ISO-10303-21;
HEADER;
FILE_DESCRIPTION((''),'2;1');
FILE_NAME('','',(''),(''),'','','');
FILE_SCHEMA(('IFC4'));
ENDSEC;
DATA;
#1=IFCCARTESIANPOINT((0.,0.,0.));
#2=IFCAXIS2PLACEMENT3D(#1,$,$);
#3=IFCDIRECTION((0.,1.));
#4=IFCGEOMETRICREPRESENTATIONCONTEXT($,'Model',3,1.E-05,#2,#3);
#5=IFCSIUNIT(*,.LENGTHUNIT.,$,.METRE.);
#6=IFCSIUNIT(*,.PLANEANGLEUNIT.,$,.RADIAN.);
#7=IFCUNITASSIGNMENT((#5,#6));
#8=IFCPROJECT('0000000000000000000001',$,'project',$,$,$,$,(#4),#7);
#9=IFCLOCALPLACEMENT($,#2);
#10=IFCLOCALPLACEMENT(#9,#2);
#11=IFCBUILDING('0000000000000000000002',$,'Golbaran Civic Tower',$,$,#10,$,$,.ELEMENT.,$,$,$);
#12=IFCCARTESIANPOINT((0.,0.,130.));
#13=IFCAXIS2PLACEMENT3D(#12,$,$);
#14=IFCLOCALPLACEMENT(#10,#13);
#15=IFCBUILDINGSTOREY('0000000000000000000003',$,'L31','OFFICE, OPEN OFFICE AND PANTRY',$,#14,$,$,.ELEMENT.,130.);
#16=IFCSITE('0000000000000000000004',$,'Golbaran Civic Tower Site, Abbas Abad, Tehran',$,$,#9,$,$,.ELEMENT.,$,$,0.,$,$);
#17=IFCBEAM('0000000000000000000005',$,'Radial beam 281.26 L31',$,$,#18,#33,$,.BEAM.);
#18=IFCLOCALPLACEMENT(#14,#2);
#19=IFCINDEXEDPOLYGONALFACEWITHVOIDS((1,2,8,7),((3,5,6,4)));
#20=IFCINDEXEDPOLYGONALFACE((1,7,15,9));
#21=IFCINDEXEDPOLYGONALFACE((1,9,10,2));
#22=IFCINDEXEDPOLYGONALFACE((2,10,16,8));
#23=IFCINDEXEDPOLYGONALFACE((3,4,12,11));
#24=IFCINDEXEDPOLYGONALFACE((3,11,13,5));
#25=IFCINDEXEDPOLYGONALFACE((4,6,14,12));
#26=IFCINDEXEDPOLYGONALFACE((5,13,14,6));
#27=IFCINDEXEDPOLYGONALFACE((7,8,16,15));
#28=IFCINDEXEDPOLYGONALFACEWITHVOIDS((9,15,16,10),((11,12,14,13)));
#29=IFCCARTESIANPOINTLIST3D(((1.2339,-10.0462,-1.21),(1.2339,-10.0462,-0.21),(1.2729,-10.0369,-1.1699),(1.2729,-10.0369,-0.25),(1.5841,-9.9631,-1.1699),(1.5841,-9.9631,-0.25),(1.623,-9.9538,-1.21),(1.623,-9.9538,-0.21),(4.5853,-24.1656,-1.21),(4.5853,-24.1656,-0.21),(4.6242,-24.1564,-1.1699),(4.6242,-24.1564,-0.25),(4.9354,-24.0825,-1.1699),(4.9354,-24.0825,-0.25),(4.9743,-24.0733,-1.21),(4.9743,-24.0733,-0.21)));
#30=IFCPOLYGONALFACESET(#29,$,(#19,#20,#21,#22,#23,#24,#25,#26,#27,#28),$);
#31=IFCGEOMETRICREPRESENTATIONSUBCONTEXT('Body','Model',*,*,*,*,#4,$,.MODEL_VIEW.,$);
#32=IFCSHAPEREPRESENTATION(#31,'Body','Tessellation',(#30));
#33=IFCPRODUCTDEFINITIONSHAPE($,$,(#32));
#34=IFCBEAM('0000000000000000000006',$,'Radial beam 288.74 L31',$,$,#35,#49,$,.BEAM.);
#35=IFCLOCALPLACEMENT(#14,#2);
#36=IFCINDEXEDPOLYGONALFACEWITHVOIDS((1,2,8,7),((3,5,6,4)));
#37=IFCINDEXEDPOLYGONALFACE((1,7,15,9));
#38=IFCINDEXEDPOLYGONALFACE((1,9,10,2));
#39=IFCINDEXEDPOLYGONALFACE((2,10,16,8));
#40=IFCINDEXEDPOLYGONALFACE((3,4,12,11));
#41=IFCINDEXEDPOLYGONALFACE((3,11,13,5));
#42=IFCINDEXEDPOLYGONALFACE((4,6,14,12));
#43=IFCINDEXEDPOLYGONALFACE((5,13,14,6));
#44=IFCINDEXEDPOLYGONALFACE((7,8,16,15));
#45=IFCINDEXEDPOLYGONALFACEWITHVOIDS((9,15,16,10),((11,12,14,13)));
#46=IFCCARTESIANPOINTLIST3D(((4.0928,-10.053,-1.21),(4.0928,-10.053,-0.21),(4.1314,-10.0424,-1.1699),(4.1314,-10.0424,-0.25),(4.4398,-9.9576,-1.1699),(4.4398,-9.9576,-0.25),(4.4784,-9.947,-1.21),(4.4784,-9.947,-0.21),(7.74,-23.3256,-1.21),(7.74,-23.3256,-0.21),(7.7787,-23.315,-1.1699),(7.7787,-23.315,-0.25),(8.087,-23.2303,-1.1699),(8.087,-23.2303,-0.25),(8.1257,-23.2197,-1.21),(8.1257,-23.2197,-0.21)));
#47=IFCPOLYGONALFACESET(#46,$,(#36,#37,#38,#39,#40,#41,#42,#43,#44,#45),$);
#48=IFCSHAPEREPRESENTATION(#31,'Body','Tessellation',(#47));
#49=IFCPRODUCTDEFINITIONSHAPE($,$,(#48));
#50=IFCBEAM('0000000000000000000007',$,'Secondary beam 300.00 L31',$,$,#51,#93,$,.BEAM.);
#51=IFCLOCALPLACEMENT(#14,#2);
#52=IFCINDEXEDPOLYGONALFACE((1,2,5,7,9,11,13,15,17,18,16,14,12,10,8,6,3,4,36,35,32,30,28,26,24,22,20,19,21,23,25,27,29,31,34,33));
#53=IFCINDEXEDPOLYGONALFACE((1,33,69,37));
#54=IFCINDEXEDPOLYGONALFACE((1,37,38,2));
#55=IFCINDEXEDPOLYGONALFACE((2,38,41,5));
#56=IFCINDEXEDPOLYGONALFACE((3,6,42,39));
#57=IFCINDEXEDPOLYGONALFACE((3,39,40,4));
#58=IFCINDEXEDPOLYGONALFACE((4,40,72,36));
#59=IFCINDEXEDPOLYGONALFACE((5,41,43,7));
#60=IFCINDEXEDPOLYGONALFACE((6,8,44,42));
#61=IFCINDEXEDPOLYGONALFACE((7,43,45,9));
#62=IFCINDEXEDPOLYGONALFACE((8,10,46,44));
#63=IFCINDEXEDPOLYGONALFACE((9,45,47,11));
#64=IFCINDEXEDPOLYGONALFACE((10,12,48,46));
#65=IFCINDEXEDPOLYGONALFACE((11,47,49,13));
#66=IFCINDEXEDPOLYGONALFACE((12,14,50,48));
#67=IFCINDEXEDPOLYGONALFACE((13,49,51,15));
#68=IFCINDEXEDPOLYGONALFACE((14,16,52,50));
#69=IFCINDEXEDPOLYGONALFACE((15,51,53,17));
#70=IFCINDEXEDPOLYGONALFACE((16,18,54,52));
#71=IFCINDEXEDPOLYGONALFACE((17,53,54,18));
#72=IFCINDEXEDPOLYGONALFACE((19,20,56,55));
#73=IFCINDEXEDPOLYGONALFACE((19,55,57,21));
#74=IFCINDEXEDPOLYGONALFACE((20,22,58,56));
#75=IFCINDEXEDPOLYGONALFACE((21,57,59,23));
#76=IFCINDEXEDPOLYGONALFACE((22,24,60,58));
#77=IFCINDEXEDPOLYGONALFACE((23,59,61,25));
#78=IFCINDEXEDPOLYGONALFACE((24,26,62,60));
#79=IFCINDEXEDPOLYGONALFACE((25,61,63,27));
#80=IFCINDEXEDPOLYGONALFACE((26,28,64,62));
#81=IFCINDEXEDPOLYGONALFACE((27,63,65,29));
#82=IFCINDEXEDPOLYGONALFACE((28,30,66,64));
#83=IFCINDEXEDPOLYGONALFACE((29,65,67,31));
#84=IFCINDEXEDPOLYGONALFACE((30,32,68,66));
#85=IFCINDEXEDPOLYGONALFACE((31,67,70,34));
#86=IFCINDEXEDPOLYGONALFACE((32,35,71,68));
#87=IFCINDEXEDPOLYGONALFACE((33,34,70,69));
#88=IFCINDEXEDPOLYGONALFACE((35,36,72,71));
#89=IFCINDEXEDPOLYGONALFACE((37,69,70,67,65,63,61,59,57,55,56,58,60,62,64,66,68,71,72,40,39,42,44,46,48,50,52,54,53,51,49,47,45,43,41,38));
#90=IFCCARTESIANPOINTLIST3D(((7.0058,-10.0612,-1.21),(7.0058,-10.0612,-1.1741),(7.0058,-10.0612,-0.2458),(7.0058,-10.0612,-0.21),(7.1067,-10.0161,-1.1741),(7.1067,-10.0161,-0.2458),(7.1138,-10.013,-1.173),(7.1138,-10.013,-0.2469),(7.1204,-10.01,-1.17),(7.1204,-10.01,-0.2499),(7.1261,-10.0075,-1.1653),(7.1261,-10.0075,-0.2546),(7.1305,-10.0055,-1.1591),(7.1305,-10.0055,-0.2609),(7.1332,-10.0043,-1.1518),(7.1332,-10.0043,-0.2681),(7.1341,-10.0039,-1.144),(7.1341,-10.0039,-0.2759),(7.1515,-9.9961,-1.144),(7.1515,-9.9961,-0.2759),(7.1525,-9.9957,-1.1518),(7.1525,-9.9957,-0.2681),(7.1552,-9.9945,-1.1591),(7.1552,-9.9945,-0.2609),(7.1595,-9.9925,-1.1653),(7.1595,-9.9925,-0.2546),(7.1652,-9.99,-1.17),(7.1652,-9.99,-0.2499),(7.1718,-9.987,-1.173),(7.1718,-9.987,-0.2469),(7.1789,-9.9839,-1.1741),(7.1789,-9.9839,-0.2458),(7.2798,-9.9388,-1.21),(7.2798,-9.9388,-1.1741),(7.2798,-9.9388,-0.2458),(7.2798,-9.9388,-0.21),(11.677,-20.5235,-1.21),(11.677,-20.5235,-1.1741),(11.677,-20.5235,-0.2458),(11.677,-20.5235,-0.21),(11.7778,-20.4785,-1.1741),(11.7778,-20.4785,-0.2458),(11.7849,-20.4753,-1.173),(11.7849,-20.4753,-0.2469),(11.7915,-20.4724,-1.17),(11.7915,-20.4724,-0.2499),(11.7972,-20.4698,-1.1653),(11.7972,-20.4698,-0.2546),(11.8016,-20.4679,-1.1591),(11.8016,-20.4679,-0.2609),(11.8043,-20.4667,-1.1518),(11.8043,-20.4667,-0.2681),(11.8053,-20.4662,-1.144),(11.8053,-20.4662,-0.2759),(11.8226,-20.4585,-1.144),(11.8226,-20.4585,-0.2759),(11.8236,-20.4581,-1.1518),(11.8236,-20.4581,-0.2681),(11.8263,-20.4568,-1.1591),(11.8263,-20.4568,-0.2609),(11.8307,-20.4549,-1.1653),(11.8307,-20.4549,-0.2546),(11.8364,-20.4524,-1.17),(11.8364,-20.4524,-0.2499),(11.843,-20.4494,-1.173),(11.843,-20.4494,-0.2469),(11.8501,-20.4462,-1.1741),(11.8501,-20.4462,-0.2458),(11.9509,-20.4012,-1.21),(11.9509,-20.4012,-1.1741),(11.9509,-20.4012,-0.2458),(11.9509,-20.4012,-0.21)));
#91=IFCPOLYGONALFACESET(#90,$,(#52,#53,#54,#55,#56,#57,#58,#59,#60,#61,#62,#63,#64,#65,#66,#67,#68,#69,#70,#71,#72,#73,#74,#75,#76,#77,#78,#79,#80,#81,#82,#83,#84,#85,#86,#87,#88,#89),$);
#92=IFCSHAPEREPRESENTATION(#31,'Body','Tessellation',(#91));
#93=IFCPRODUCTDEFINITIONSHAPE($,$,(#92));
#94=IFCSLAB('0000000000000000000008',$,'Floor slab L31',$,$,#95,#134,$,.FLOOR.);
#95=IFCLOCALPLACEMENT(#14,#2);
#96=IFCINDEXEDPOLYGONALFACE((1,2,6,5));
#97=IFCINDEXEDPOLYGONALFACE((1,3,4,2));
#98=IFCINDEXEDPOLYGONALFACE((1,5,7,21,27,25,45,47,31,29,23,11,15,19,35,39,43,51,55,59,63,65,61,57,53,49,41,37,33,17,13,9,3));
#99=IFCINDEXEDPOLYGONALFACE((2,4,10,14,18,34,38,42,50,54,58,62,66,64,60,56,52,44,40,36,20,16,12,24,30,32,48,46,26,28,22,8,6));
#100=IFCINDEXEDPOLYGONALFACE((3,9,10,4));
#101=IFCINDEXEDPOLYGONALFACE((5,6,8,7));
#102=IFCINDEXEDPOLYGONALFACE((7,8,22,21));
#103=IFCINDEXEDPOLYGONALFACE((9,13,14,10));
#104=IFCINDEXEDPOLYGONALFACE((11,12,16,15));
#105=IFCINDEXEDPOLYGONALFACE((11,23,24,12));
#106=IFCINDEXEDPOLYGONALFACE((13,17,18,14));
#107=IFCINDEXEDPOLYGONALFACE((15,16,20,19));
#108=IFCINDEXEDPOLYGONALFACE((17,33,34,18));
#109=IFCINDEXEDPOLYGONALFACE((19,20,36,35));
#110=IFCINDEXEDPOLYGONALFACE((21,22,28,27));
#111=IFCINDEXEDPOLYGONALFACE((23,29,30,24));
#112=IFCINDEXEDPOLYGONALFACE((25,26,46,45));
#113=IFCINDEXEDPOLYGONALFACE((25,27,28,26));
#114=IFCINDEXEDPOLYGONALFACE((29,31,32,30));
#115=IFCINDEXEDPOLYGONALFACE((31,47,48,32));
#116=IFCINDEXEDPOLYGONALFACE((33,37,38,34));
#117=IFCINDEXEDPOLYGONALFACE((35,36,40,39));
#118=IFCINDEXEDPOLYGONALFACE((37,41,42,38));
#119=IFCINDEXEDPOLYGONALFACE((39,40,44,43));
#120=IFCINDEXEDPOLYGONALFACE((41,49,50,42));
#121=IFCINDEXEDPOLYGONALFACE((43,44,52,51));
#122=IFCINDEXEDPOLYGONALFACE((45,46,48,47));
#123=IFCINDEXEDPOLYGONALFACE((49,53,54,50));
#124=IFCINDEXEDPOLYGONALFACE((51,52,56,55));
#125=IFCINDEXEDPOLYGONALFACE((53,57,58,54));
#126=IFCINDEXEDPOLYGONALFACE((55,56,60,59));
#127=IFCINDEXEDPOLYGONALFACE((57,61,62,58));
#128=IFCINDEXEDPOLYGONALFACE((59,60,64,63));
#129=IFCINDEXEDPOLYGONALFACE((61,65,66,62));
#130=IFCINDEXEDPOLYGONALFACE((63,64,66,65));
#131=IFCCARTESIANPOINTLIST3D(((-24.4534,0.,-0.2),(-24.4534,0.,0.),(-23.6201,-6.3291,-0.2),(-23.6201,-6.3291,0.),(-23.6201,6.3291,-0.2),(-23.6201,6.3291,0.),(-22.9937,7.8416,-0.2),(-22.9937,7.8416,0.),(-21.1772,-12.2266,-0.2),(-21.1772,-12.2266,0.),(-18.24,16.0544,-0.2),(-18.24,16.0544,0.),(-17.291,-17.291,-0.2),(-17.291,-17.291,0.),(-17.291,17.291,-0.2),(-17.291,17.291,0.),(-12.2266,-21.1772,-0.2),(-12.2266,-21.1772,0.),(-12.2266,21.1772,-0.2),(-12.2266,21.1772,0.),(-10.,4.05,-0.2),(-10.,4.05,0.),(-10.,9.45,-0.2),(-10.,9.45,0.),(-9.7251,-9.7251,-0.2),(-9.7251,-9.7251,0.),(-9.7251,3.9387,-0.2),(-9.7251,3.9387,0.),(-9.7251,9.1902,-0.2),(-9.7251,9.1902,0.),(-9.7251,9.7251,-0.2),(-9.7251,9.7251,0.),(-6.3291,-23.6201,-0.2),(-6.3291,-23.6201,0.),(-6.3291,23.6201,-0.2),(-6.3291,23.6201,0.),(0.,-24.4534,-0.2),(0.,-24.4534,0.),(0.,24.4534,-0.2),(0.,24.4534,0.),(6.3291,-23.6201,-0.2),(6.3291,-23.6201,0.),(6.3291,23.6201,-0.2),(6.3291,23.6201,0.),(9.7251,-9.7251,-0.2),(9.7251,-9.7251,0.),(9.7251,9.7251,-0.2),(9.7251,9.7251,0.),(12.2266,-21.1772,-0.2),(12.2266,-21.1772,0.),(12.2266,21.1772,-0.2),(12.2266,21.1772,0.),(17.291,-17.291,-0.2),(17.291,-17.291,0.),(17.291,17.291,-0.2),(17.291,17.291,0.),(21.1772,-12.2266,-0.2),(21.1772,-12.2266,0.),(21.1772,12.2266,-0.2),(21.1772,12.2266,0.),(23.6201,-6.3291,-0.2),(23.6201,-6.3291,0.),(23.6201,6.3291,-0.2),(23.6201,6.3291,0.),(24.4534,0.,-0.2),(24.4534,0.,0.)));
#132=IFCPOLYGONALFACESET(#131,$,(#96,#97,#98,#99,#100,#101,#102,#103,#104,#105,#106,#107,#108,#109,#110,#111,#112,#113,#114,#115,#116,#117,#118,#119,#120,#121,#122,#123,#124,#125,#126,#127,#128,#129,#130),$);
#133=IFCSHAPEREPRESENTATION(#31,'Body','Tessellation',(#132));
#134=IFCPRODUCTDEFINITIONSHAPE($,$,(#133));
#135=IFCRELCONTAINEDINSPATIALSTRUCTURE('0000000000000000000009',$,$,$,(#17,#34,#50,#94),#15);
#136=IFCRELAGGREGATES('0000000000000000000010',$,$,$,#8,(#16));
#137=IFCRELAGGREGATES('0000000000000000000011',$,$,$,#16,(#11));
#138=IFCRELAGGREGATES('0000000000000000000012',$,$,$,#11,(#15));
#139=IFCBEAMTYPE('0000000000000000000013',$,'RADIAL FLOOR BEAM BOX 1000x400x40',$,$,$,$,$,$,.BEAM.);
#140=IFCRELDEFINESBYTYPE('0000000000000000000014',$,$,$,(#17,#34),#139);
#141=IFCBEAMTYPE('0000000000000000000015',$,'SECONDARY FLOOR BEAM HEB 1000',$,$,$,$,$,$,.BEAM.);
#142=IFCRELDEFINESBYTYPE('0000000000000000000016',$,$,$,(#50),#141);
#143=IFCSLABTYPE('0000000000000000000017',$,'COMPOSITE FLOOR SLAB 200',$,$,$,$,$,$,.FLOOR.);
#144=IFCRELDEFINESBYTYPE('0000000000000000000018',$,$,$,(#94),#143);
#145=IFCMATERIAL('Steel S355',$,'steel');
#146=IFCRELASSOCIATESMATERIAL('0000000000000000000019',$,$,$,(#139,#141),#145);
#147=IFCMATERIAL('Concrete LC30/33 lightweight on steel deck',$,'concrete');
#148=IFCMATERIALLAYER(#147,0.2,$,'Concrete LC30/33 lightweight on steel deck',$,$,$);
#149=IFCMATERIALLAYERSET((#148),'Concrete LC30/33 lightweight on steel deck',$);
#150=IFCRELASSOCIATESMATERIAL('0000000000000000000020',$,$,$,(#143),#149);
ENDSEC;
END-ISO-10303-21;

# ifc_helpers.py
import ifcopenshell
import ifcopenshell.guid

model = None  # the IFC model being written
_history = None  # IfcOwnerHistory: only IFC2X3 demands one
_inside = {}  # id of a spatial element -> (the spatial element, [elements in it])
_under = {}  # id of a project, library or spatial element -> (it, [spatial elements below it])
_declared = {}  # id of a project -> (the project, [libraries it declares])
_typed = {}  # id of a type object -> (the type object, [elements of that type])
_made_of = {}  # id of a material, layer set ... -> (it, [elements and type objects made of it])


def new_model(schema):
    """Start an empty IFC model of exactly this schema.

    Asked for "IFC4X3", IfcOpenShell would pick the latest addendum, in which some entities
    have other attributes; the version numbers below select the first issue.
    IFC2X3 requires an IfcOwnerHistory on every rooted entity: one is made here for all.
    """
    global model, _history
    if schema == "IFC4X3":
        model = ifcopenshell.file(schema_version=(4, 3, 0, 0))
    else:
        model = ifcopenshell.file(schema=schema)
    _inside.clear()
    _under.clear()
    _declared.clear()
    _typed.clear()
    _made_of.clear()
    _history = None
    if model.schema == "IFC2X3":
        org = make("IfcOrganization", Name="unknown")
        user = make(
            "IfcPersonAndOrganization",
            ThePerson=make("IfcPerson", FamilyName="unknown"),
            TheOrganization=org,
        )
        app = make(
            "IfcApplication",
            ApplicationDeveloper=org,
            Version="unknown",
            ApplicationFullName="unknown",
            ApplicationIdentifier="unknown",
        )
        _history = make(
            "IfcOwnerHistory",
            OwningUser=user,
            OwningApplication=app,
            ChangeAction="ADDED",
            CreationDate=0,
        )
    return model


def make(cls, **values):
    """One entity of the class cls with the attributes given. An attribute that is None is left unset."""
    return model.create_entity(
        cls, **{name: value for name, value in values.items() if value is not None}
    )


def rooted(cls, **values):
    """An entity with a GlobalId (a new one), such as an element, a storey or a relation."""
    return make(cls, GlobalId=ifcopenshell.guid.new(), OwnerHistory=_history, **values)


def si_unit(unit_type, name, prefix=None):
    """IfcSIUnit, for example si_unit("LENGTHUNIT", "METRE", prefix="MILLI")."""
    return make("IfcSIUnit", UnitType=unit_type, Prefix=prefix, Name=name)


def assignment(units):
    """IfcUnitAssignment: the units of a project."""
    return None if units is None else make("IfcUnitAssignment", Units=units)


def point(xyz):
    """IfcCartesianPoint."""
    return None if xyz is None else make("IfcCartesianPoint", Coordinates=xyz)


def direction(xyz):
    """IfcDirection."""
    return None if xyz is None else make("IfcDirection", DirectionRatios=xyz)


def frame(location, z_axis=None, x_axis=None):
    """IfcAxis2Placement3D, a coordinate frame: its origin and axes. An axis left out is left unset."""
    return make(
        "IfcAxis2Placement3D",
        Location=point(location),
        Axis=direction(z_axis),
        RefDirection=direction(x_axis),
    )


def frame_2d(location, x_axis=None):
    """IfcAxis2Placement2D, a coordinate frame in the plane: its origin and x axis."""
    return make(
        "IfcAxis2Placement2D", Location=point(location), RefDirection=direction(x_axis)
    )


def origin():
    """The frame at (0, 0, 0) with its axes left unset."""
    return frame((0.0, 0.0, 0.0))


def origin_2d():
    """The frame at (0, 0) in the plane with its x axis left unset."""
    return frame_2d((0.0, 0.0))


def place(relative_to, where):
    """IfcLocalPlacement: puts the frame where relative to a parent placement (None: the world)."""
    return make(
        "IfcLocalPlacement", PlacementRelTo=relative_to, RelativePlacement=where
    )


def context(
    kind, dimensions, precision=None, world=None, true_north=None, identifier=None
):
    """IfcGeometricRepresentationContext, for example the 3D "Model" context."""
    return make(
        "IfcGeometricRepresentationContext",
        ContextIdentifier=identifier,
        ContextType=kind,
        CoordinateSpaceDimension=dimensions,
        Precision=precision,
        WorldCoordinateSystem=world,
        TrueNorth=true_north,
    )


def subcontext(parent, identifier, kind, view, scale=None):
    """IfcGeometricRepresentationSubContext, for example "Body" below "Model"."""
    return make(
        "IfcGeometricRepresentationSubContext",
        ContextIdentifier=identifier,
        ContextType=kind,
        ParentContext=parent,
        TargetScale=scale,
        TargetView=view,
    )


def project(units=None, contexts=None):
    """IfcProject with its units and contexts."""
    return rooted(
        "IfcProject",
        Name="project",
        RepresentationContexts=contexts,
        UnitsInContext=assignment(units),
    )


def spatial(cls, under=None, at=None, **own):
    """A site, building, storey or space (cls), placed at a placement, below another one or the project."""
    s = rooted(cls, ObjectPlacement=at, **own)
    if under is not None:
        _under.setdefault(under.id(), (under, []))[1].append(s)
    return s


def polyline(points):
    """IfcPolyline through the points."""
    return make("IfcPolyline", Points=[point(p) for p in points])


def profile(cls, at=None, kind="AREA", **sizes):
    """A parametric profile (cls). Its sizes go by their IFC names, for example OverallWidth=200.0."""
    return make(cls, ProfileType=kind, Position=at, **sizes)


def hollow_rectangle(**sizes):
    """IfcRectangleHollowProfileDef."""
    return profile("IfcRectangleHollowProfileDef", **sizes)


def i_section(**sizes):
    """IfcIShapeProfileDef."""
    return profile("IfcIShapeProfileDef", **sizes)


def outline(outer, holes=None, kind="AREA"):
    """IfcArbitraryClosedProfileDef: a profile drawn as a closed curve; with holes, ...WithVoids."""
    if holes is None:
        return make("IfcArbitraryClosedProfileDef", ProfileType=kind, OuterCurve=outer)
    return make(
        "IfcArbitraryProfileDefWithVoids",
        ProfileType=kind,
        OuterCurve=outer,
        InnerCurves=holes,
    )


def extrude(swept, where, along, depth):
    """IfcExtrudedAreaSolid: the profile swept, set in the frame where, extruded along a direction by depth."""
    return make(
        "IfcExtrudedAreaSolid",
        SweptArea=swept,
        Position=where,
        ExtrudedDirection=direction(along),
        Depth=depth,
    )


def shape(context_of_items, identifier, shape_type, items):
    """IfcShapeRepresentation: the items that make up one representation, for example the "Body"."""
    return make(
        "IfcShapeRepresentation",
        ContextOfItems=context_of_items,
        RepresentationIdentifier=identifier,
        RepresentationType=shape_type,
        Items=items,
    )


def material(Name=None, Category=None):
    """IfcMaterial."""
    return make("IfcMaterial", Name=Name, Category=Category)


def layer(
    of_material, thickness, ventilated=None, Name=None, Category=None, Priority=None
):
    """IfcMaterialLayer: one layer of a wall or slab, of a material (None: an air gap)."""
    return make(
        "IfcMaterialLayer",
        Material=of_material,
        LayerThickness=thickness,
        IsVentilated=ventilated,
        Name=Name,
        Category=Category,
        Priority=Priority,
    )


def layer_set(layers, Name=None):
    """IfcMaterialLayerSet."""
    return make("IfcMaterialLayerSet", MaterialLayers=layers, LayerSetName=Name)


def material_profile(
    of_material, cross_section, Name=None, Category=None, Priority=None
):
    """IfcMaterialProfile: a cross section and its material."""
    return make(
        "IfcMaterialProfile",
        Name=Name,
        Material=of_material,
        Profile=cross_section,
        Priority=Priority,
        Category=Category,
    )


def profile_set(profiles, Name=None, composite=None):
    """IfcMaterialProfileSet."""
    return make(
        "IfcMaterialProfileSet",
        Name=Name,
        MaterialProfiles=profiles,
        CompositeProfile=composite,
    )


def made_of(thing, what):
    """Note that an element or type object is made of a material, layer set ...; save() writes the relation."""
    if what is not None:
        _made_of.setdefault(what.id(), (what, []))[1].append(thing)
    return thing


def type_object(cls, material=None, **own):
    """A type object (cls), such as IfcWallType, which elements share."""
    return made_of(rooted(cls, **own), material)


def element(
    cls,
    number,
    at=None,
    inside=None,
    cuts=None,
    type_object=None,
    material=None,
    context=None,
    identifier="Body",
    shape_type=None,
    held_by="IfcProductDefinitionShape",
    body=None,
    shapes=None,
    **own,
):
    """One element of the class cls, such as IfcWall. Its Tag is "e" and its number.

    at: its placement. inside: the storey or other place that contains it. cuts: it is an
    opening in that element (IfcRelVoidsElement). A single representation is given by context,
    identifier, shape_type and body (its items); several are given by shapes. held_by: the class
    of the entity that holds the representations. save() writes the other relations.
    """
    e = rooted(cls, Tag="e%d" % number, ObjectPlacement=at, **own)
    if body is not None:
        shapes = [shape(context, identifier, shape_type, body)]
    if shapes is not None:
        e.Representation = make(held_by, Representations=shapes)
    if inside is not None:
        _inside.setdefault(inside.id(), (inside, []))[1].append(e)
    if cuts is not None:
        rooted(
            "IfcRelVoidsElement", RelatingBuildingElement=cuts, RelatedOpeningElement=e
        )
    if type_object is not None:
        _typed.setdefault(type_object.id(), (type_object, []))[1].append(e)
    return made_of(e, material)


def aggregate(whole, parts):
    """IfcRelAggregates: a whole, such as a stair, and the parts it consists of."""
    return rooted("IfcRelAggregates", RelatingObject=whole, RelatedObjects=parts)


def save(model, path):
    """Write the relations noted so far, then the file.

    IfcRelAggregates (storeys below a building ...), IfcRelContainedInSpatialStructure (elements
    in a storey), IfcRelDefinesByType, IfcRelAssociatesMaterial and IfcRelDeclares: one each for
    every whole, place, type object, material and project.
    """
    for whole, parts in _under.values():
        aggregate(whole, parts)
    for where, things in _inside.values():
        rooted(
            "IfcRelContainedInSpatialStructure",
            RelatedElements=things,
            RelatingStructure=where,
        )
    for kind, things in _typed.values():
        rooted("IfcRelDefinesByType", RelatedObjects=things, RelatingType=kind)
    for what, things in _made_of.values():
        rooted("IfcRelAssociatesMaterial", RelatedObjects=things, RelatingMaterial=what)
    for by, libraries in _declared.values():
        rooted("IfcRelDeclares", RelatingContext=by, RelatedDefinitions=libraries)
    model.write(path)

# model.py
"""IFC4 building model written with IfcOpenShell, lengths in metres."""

from ifc_helpers import new_model, si_unit, direction, frame, origin, origin_2d, place, context, subcontext, project, spatial, polyline, hollow_rectangle, i_section, outline, extrude, material, layer, layer_set, material_profile, profile_set, type_object, element, save


model = new_model("IFC4")

# Units and contexts
model_context = context("Model", 3, precision=1e-05, world=origin(), true_north=direction((0.0, 1.0)))
body_context = subcontext(model_context, "Body", "Model", "MODEL_VIEW")
ifc_project = project(units=[si_unit("LENGTHUNIT", "METRE"), si_unit("PLANEANGLEUNIT", "RADIAN")], contexts=[model_context])

# Site, building, storey
site_placement = place(None, origin())
site = spatial("IfcSite", under=ifc_project, at=site_placement, Name="Golbaran Civic Tower Site, Abbas Abad, Tehran", CompositionType="ELEMENT", RefElevation=0.0)
building_placement = place(site_placement, origin())
building = spatial("IfcBuilding", under=site, at=building_placement, Name="Golbaran Civic Tower", CompositionType="ELEMENT")
storey_placement = place(building_placement, frame((0.0, 0.0, 130.0)))
storey = spatial("IfcBuildingStorey", under=building, at=storey_placement, Name="L31", Description="OFFICE, OPEN OFFICE AND PANTRY", CompositionType="ELEMENT", Elevation=130.0)

# Beams
ifc_material_1 = material(Name="Steel S355", Category="steel")
ifc_material_profile_1 = material_profile(ifc_material_1, hollow_rectangle(XDim=0.3999, YDim=1.0, WallThickness=0.04, at=origin_2d()), Name="BOX 1000x400x40")
ifc_profile_set_1 = profile_set([ifc_material_profile_1], Name="Steel S355")
beam_type_1 = type_object("IfcBeamType", Name="RADIAL FLOOR BEAM BOX 1000x400x40", PredefinedType="BEAM", material=ifc_profile_set_1)
beam_1_placement = place(storey_placement, frame((1.4285, -10.0, -0.71), z_axis=(0.23094, -0.972968, 0.0), x_axis=(0.972968, 0.23094, 0.0)))
element("IfcBeam", 1, at=beam_1_placement, inside=storey, type_object=beam_type_1, Name="Radial beam 281.26 L31", PredefinedType="BEAM", context=body_context, shape_type="SweptSolid", body=[
    extrude(hollow_rectangle(XDim=0.3999, YDim=1.0, WallThickness=0.04, at=origin_2d()), origin(), (0.0, 0.0, 1.0), 14.5117),
])
beam_2_placement = place(storey_placement, frame((4.2856, -10.0, -0.71), z_axis=(0.264969, -0.964257, 0.0), x_axis=(0.964257, 0.264969, 0.0)))
element("IfcBeam", 2, at=beam_2_placement, inside=storey, type_object=beam_type_1, Name="Radial beam 288.74 L31", PredefinedType="BEAM", context=body_context, shape_type="SweptSolid", body=[
    extrude(hollow_rectangle(XDim=0.3999, YDim=1.0, WallThickness=0.04, at=origin_2d()), origin(), (0.0, 0.0, 1.0), 13.7646),
])
ifc_material_profile_2 = material_profile(ifc_material_1, i_section(OverallWidth=0.3, OverallDepth=1.0, WebThickness=0.019, FlangeThickness=0.0359, FilletRadius=0.03, at=origin_2d()), Name="HEB 1000")
ifc_profile_set_2 = profile_set([ifc_material_profile_2], Name="Steel S355")
beam_type_2 = type_object("IfcBeamType", Name="SECONDARY FLOOR BEAM HEB 1000", PredefinedType="BEAM", material=ifc_profile_set_2)
beam_3_placement = place(storey_placement, frame((7.1428, -10.0, -0.71), z_axis=(0.407682, -0.913124, 0.0), x_axis=(0.913124, 0.407682, 0.0)))
element("IfcBeam", 3, at=beam_3_placement, inside=storey, type_object=beam_type_2, Name="Secondary beam 300.00 L31", PredefinedType="BEAM", context=body_context, shape_type="SweptSolid", body=[
    extrude(i_section(OverallWidth=0.3, OverallDepth=1.0, WebThickness=0.019, FlangeThickness=0.0359, FilletRadius=0.03, at=origin_2d()), origin(), (0.0, 0.0, 1.0), 11.4578),
])

# Slab
ifc_material_2 = material(Name="Concrete LC30/33 lightweight on steel deck", Category="concrete")
ifc_layer_1 = layer(ifc_material_2, 0.2, Name="Concrete LC30/33 lightweight on steel deck")
ifc_layer_set_1 = layer_set([ifc_layer_1], Name="Concrete LC30/33 lightweight on steel deck")
slab_type_1 = type_object("IfcSlabType", Name="COMPOSITE FLOOR SLAB 200", PredefinedType="FLOOR", material=ifc_layer_set_1)
slab_1_placement = place(storey_placement, frame((0.0, 0.0, -0.2)))
element("IfcSlab", 4, at=slab_1_placement, inside=storey, type_object=slab_type_1, Name="Floor slab L31", PredefinedType="FLOOR", context=body_context, shape_type="SweptSolid", body=[
    extrude(outline(polyline([(17.291, -17.291), (12.2266, -21.1772), (6.3291, -23.6201), (0.0, -24.4534), (-6.3291, -23.6201), (-12.2266, -21.1772), (-17.291, -17.291), (-21.1772, -12.2266), (-23.6201, -6.3291), (-24.4534, 0.0), (-23.6201, 6.3291), (-22.9937, 7.8416), (-10.0, 4.05), (-9.7251, 3.9387), (-9.7251, -9.7251), (9.7251, -9.7251), (9.7251, 9.7251), (-9.7251, 9.7251), (-9.7251, 9.1902), (-10.0, 9.45), (-18.24, 16.0544), (-17.291, 17.291), (-12.2266, 21.1772), (-6.3291, 23.6201), (0.0, 24.4534), (6.3291, 23.6201), (12.2266, 21.1772), (17.291, 17.291), (21.1772, 12.2266), (23.6201, 6.3291), (24.4534, 0.0), (23.6201, -6.3291), (21.1772, -12.2266), (17.291, -17.291)])), origin(), (0.0, 0.0, 1.0), 0.2),
])

save(model, "model.ifc")
